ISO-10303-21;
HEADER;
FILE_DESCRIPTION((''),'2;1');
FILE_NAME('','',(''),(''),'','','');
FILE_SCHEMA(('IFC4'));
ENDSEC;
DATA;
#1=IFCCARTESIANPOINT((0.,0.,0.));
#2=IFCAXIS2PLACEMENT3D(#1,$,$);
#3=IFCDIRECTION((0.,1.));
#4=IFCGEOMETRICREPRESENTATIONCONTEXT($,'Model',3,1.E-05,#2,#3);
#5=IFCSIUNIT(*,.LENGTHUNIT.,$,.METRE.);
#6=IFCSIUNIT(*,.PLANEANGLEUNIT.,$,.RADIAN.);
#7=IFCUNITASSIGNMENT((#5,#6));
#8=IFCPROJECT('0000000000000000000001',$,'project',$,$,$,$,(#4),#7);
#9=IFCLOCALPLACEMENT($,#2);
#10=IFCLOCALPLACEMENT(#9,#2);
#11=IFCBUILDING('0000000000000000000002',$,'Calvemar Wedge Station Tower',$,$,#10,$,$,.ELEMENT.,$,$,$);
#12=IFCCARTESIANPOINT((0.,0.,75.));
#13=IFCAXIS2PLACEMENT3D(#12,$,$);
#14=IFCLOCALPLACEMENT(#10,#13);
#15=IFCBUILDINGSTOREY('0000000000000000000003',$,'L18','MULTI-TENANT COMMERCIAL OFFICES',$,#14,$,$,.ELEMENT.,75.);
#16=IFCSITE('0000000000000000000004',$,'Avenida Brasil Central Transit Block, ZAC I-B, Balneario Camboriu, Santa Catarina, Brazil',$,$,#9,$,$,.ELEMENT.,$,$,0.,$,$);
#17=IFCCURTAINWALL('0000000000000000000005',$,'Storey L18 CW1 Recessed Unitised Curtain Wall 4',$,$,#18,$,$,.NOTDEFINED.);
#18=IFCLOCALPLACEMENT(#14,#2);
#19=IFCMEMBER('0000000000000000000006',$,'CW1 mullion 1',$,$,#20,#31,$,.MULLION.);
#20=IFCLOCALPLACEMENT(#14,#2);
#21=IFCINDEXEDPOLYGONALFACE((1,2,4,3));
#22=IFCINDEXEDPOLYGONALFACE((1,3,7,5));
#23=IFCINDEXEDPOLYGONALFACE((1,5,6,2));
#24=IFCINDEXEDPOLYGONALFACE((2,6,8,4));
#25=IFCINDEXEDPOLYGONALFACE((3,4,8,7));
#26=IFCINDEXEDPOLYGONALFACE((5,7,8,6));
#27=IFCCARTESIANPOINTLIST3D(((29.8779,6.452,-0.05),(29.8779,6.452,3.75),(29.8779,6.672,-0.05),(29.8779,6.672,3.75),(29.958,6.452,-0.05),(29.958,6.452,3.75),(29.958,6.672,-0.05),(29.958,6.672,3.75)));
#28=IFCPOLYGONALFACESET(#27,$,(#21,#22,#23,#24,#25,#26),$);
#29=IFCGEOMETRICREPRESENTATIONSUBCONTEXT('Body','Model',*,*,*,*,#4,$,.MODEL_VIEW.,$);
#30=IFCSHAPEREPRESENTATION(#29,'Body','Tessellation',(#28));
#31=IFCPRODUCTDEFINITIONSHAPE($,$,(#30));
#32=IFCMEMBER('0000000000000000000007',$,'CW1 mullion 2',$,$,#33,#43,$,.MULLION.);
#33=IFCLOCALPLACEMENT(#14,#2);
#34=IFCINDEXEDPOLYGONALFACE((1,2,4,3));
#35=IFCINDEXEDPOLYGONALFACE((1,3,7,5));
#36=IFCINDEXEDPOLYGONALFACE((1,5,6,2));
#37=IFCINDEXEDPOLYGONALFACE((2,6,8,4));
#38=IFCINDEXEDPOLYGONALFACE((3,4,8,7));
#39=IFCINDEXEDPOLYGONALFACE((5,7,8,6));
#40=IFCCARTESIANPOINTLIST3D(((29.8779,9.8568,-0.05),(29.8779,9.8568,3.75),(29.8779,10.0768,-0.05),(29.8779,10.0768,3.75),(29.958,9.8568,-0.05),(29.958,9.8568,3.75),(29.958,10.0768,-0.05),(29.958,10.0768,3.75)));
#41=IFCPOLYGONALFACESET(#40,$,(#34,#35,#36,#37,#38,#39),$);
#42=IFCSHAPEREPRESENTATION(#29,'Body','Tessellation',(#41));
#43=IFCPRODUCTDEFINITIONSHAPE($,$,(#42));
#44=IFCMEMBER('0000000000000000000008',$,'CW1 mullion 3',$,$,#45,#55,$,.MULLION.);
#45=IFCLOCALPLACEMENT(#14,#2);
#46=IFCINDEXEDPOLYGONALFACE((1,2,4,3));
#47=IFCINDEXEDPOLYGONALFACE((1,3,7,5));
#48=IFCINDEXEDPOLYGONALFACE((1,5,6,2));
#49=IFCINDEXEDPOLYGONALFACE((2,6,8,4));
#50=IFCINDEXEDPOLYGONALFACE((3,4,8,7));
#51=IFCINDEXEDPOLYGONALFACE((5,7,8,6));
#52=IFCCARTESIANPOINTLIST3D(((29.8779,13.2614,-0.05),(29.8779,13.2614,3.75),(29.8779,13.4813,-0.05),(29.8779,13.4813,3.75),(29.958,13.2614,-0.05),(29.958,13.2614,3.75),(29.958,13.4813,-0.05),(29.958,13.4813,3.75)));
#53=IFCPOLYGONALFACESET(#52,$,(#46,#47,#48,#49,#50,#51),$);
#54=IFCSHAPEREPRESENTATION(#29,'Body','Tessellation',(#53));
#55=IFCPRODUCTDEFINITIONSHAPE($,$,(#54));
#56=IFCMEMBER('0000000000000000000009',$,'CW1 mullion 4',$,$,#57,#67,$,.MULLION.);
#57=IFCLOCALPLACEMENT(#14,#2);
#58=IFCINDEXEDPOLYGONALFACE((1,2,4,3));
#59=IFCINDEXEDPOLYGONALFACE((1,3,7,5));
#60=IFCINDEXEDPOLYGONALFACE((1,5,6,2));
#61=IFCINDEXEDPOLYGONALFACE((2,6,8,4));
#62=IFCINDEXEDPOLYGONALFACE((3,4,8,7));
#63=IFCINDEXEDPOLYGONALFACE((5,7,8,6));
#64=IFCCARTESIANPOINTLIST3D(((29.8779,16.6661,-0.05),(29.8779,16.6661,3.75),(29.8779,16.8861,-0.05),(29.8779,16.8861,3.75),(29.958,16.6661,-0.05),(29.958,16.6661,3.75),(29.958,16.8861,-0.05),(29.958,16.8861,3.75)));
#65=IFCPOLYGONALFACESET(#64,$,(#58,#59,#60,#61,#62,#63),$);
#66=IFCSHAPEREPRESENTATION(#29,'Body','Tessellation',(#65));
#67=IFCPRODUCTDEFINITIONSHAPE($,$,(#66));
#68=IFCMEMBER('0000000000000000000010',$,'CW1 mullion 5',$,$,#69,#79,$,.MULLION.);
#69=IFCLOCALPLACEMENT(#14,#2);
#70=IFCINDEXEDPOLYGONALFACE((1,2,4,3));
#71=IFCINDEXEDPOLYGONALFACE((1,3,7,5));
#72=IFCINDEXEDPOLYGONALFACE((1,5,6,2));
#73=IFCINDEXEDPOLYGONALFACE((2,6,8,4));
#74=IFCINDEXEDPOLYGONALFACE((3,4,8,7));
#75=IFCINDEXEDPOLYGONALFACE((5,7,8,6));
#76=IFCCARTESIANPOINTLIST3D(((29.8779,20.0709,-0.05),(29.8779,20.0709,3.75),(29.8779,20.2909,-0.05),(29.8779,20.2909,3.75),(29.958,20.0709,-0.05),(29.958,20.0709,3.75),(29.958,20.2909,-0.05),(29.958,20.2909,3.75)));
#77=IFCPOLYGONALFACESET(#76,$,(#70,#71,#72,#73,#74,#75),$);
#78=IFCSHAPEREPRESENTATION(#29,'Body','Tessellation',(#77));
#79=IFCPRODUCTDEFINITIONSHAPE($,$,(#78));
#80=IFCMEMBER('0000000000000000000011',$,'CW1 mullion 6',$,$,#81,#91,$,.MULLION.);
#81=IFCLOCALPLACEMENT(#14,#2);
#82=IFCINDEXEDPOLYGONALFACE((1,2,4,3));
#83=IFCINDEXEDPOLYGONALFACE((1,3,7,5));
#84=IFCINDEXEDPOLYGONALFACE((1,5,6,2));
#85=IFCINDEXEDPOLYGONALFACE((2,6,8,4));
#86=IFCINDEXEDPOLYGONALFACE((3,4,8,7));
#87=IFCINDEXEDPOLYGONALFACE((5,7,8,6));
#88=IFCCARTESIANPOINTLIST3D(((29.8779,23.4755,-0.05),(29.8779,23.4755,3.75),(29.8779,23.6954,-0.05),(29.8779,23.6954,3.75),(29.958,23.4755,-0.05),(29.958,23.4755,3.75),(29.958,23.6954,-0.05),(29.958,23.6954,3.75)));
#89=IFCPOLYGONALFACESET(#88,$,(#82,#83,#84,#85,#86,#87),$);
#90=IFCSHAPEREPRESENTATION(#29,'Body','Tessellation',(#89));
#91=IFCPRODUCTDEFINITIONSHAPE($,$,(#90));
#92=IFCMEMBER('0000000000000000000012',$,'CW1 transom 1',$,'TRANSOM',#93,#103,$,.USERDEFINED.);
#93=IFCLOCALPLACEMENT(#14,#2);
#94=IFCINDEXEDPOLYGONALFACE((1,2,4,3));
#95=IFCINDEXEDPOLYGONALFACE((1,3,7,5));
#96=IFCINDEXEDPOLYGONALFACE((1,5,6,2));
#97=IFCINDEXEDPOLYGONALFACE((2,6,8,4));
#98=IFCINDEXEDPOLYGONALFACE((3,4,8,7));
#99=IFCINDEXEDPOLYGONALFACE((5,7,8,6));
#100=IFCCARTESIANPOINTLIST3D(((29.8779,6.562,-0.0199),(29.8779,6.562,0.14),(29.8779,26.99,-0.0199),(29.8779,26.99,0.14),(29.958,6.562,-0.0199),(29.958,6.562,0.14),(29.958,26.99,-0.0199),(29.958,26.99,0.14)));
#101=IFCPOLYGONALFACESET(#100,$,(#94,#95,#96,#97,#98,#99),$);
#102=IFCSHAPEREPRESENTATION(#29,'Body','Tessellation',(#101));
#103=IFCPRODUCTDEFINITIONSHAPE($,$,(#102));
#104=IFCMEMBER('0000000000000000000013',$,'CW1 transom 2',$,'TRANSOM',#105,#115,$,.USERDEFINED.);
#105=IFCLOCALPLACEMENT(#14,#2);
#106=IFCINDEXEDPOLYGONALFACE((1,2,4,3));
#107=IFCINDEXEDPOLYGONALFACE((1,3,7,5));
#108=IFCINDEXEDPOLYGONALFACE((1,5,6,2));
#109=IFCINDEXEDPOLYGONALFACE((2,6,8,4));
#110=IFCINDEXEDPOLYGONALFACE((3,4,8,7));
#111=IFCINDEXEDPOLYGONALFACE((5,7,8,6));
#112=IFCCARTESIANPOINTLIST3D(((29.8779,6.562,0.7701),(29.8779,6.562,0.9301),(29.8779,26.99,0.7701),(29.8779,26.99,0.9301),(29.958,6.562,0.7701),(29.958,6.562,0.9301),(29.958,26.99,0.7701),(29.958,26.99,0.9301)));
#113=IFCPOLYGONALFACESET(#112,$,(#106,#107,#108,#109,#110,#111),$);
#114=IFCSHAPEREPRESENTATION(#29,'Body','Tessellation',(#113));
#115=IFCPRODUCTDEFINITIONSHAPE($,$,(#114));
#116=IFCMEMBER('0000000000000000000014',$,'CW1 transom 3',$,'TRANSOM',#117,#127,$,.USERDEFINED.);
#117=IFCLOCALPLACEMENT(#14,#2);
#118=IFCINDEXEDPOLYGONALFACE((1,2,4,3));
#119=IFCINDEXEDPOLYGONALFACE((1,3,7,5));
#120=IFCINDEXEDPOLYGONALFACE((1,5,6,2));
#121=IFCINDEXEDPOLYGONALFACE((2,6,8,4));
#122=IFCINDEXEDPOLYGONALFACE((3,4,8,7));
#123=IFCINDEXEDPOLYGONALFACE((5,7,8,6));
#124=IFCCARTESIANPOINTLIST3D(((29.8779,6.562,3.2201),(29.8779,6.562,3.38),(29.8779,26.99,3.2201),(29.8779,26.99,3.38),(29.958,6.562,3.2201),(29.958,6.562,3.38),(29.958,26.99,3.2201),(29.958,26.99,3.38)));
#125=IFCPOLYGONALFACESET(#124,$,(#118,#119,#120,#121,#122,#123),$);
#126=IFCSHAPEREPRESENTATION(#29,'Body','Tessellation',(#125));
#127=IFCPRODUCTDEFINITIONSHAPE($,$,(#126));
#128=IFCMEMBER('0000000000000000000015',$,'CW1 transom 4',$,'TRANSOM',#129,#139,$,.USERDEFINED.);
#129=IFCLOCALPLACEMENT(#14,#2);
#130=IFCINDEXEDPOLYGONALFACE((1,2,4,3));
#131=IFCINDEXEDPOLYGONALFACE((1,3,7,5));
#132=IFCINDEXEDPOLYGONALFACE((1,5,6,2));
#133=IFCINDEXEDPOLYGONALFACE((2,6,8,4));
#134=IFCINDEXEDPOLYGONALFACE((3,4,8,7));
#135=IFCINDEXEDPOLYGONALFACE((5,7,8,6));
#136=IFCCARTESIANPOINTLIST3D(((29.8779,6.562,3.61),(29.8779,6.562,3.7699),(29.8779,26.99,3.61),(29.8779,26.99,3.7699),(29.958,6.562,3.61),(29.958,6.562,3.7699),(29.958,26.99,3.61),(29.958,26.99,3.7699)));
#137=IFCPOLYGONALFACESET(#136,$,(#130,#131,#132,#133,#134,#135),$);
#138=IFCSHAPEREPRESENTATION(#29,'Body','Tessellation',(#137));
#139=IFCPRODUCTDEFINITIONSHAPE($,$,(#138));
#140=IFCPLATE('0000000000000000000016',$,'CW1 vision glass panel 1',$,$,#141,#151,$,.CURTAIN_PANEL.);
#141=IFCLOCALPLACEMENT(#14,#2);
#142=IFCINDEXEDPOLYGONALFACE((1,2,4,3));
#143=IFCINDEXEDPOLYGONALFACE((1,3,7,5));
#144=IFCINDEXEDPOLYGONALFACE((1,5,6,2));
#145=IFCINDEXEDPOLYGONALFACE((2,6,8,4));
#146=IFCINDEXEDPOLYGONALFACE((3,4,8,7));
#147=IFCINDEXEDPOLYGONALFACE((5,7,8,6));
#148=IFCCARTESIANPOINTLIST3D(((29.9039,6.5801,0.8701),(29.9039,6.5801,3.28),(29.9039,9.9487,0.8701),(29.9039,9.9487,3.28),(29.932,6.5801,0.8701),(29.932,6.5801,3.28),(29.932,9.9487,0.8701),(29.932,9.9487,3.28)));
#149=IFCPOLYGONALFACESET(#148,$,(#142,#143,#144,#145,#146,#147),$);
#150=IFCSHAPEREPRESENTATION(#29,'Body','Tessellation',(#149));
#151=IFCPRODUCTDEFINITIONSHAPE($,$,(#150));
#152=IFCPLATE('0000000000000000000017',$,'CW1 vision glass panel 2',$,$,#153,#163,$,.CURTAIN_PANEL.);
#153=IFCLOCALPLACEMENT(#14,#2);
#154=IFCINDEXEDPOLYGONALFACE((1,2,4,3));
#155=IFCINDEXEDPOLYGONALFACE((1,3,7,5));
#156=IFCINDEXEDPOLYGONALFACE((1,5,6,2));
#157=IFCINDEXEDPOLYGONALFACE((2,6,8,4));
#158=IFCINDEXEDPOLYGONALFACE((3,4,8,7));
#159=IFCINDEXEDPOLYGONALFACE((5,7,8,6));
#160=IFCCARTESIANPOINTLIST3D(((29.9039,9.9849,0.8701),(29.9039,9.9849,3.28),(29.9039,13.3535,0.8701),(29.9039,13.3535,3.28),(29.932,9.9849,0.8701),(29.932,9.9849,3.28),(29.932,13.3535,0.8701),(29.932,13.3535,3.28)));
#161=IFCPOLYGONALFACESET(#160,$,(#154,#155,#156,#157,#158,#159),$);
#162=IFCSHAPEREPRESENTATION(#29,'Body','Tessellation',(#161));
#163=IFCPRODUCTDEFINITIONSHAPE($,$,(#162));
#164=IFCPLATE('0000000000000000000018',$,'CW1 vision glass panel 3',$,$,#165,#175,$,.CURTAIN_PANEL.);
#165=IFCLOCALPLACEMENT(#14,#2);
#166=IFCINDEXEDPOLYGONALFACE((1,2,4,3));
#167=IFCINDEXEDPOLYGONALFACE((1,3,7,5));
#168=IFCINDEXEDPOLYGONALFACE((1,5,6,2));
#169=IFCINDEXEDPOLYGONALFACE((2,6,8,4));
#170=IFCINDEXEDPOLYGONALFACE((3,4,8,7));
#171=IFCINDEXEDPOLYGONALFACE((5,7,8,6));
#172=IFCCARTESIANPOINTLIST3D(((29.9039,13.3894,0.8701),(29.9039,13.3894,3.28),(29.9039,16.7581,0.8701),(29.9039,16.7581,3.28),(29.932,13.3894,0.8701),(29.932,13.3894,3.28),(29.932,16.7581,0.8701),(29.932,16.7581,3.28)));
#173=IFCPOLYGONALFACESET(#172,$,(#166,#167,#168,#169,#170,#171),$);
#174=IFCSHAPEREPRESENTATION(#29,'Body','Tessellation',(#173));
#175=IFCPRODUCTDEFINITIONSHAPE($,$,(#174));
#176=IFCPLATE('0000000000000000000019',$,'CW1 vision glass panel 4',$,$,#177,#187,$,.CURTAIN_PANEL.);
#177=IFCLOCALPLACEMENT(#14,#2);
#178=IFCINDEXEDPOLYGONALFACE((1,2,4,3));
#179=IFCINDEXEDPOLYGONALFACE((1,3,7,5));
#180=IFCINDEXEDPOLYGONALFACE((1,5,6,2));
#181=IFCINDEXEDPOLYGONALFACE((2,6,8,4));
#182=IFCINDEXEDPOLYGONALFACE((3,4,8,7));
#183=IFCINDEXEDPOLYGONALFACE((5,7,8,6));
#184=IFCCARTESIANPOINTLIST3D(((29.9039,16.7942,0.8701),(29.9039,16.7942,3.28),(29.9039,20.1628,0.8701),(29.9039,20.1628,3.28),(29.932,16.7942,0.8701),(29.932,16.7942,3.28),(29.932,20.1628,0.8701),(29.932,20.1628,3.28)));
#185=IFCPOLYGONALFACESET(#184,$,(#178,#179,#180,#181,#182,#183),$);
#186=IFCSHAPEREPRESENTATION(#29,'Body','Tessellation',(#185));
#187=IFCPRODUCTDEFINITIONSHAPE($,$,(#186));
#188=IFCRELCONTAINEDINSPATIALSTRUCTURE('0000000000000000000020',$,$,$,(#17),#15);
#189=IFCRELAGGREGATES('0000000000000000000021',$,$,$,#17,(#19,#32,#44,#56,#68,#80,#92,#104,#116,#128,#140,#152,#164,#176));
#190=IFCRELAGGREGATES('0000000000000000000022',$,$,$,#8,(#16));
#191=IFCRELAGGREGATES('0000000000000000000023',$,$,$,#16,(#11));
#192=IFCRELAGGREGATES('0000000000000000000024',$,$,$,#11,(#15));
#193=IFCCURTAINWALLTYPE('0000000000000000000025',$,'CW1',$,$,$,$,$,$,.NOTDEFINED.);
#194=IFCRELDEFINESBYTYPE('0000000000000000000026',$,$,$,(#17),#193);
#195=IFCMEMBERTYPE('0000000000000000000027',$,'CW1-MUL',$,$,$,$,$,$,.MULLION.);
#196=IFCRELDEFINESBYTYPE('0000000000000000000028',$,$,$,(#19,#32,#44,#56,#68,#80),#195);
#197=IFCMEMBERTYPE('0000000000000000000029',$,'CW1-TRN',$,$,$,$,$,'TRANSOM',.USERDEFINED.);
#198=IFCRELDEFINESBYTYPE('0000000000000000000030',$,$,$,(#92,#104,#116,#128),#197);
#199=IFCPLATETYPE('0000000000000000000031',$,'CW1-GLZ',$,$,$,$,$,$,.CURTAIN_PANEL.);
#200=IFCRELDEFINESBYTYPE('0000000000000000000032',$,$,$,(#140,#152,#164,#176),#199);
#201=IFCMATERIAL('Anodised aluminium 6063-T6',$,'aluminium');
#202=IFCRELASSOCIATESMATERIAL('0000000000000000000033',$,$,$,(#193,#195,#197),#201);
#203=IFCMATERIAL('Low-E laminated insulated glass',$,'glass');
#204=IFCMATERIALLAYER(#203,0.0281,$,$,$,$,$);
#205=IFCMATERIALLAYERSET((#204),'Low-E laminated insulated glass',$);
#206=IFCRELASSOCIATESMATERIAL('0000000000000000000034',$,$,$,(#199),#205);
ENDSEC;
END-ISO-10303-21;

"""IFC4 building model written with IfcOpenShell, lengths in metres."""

from ifc_helpers import new_model, si_unit, direction, frame, frame_2d, origin, origin_2d, place, context, subcontext, project, spatial, rectangle, extrude, source, transform, mapped, material, layer, layer_set, material_profile, profile_set, type_object, element, aggregate, save


model = new_model("IFC4")

# Units and contexts
model_context = context("Model", 3, precision=1e-05, world=origin(), true_north=direction((0.0, 1.0)))
body_context = subcontext(model_context, "Body", "Model", "MODEL_VIEW")
ifc_project = project(units=[si_unit("LENGTHUNIT", "METRE"), si_unit("PLANEANGLEUNIT", "RADIAN")], contexts=[model_context])

# Site, building, storey
site_placement = place(None, origin())
site = spatial("IfcSite", under=ifc_project, at=site_placement, Name="Avenida Brasil Central Transit Block, ZAC I-B, Balneario Camboriu, Santa Catarina, Brazil", CompositionType="ELEMENT", RefElevation=0.0)
building_placement = place(site_placement, origin())
building = spatial("IfcBuilding", under=site, at=building_placement, Name="Calvemar Wedge Station Tower", CompositionType="ELEMENT")
storey_placement = place(building_placement, frame((0.0, 0.0, 75.0)))
storey = spatial("IfcBuildingStorey", under=building, at=storey_placement, Name="L18", Description="MULTI-TENANT COMMERCIAL OFFICES", CompositionType="ELEMENT", Elevation=75.0)

# Curtain wall, members, plates
ifc_material_1 = material(Name="Anodised aluminium 6063-T6", Category="aluminium")
curtain_wall_type = type_object("IfcCurtainWallType", Name="CW1", PredefinedType="NOTDEFINED", material=ifc_material_1)
curtain_wall_placement = place(storey_placement, origin())
curtain_wall = element("IfcCurtainWall", 1, at=curtain_wall_placement, inside=storey, type_object=curtain_wall_type, Name="Storey L18 CW1 Recessed Unitised Curtain Wall 4", PredefinedType="NOTDEFINED")
ifc_material_profile_1 = material_profile(ifc_material_1, rectangle(XDim=0.0801, YDim=0.22, at=origin_2d()), Name="AL-MUL-80x220")
ifc_profile_set_1 = profile_set([ifc_material_profile_1], Name="Anodised aluminium 6063-T6")
member_type_1 = type_object("IfcMemberType", Name="CW1-MUL", PredefinedType="MULLION", material=ifc_profile_set_1)
shared_shape_1 = source(origin(), body_context, "Body", "SweptSolid", [
    extrude(rectangle(XDim=0.0801, YDim=0.22, at=origin_2d()), origin(), (0.0, 0.0, 1.0), 3.8),
])
member_1_placement = place(storey_placement, frame((29.918, 6.562, -0.05), z_axis=(0.0, 0.0, 1.0), x_axis=(1.0, 0.0, 0.0)))
member_1 = element("IfcMember", 2, at=member_1_placement, type_object=member_type_1, Name="CW1 mullion 1", PredefinedType="MULLION", context=body_context, shape_type="MappedRepresentation", body=[
    mapped(shared_shape_1, transform((0.0, 0.0, 0.0), scale=1.0)),
])
member_2_placement = place(storey_placement, frame((29.918, 9.9668, -0.05), z_axis=(0.0, 0.0, 1.0), x_axis=(1.0, 0.0, 0.0)))
member_2 = element("IfcMember", 3, at=member_2_placement, type_object=member_type_1, Name="CW1 mullion 2", PredefinedType="MULLION", context=body_context, shape_type="MappedRepresentation", body=[
    mapped(shared_shape_1, transform((0.0, 0.0, 0.0), scale=1.0)),
])
member_3_placement = place(storey_placement, frame((29.918, 13.3713, -0.05), z_axis=(0.0, 0.0, 1.0), x_axis=(1.0, 0.0, 0.0)))
member_3 = element("IfcMember", 4, at=member_3_placement, type_object=member_type_1, Name="CW1 mullion 3", PredefinedType="MULLION", context=body_context, shape_type="MappedRepresentation", body=[
    mapped(shared_shape_1, transform((0.0, 0.0, 0.0), scale=1.0)),
])
member_4_placement = place(storey_placement, frame((29.918, 16.7761, -0.05), z_axis=(0.0, 0.0, 1.0), x_axis=(1.0, 0.0, 0.0)))
member_4 = element("IfcMember", 5, at=member_4_placement, type_object=member_type_1, Name="CW1 mullion 4", PredefinedType="MULLION", context=body_context, shape_type="MappedRepresentation", body=[
    mapped(shared_shape_1, transform((0.0, 0.0, 0.0), scale=1.0)),
])
member_5_placement = place(storey_placement, frame((29.918, 20.1809, -0.05), z_axis=(0.0, 0.0, 1.0), x_axis=(1.0, 0.0, 0.0)))
member_5 = element("IfcMember", 6, at=member_5_placement, type_object=member_type_1, Name="CW1 mullion 5", PredefinedType="MULLION", context=body_context, shape_type="MappedRepresentation", body=[
    mapped(shared_shape_1, transform((0.0, 0.0, 0.0), scale=1.0)),
])
member_6_placement = place(storey_placement, frame((29.918, 23.5854, -0.05), z_axis=(0.0, 0.0, 1.0), x_axis=(1.0, 0.0, 0.0)))
member_6 = element("IfcMember", 7, at=member_6_placement, type_object=member_type_1, Name="CW1 mullion 6", PredefinedType="MULLION", context=body_context, shape_type="MappedRepresentation", body=[
    mapped(shared_shape_1, transform((0.0, 0.0, 0.0), scale=1.0)),
])
ifc_material_profile_2 = material_profile(ifc_material_1, rectangle(XDim=0.0801, YDim=0.1599, at=origin_2d()), Name="AL-TRN-80x160")
ifc_profile_set_2 = profile_set([ifc_material_profile_2], Name="Anodised aluminium 6063-T6")
member_type_2 = type_object("IfcMemberType", Name="CW1-TRN", ElementType="TRANSOM", PredefinedType="USERDEFINED", material=ifc_profile_set_2)
shared_shape_2 = source(origin(), body_context, "Body", "SweptSolid", [
    extrude(rectangle(XDim=0.0801, YDim=0.1599, at=origin_2d()), origin(), (0.0, 0.0, 1.0), 20.428),
])
member_7_placement = place(storey_placement, frame((29.918, 6.562, 0.0601), z_axis=(0.0, 1.0, 0.0), x_axis=(-1.0, 0.0, 0.0)))
member_7 = element("IfcMember", 8, at=member_7_placement, type_object=member_type_2, Name="CW1 transom 1", ObjectType="TRANSOM", PredefinedType="USERDEFINED", context=body_context, shape_type="MappedRepresentation", body=[
    mapped(shared_shape_2, transform((0.0, 0.0, 0.0), scale=1.0)),
])
member_8_placement = place(storey_placement, frame((29.918, 6.562, 0.8501), z_axis=(0.0, 1.0, 0.0), x_axis=(-1.0, 0.0, 0.0)))
member_8 = element("IfcMember", 9, at=member_8_placement, type_object=member_type_2, Name="CW1 transom 2", ObjectType="TRANSOM", PredefinedType="USERDEFINED", context=body_context, shape_type="MappedRepresentation", body=[
    mapped(shared_shape_2, transform((0.0, 0.0, 0.0), scale=1.0)),
])
member_9_placement = place(storey_placement, frame((29.918, 6.562, 3.3), z_axis=(0.0, 1.0, 0.0), x_axis=(-1.0, 0.0, 0.0)))
member_9 = element("IfcMember", 10, at=member_9_placement, type_object=member_type_2, Name="CW1 transom 3", ObjectType="TRANSOM", PredefinedType="USERDEFINED", context=body_context, shape_type="MappedRepresentation", body=[
    mapped(shared_shape_2, transform((0.0, 0.0, 0.0), scale=1.0)),
])
member_10_placement = place(storey_placement, frame((29.918, 6.562, 3.6899), z_axis=(0.0, 1.0, 0.0), x_axis=(-1.0, 0.0, 0.0)))
member_10 = element("IfcMember", 11, at=member_10_placement, type_object=member_type_2, Name="CW1 transom 4", ObjectType="TRANSOM", PredefinedType="USERDEFINED", context=body_context, shape_type="MappedRepresentation", body=[
    mapped(shared_shape_2, transform((0.0, 0.0, 0.0), scale=1.0)),
])
ifc_material_2 = material(Name="Low-E laminated insulated glass", Category="glass")
ifc_layer_1 = layer(ifc_material_2, 0.0281)
ifc_layer_set_1 = layer_set([ifc_layer_1], Name="Low-E laminated insulated glass")
plate_type_1 = type_object("IfcPlateType", Name="CW1-GLZ", PredefinedType="CURTAIN_PANEL", material=ifc_layer_set_1)
plate_1_placement = place(storey_placement, frame((29.918, 6.5801, 0.8701), z_axis=(0.0, 0.0, 1.0), x_axis=(0.0, 1.0, 0.0)))
plate_1 = element("IfcPlate", 12, at=plate_1_placement, type_object=plate_type_1, Name="CW1 vision glass panel 1", PredefinedType="CURTAIN_PANEL", context=body_context, shape_type="SweptSolid", body=[
    extrude(rectangle(XDim=3.3687, YDim=0.0281, at=frame_2d((1.6843, 0.0))), origin(), (0.0, 0.0, 1.0), 2.4099),
])
plate_2_placement = place(storey_placement, frame((29.918, 9.9849, 0.8701), z_axis=(0.0, 0.0, 1.0), x_axis=(0.0, 1.0, 0.0)))
plate_2 = element("IfcPlate", 13, at=plate_2_placement, type_object=plate_type_1, Name="CW1 vision glass panel 2", PredefinedType="CURTAIN_PANEL", context=body_context, shape_type="SweptSolid", body=[
    extrude(rectangle(XDim=3.3687, YDim=0.0281, at=frame_2d((1.6843, 0.0))), origin(), (0.0, 0.0, 1.0), 2.4099),
])
plate_3_placement = place(storey_placement, frame((29.918, 13.3894, 0.8701), z_axis=(0.0, 0.0, 1.0), x_axis=(0.0, 1.0, 0.0)))
plate_3 = element("IfcPlate", 14, at=plate_3_placement, type_object=plate_type_1, Name="CW1 vision glass panel 3", PredefinedType="CURTAIN_PANEL", context=body_context, shape_type="SweptSolid", body=[
    extrude(rectangle(XDim=3.3687, YDim=0.0281, at=frame_2d((1.6843, 0.0))), origin(), (0.0, 0.0, 1.0), 2.4099),
])
plate_4_placement = place(storey_placement, frame((29.918, 16.7942, 0.8701), z_axis=(0.0, 0.0, 1.0), x_axis=(0.0, 1.0, 0.0)))
plate_4 = element("IfcPlate", 15, at=plate_4_placement, type_object=plate_type_1, Name="CW1 vision glass panel 4", PredefinedType="CURTAIN_PANEL", context=body_context, shape_type="SweptSolid", body=[
    extrude(rectangle(XDim=3.3687, YDim=0.0281, at=frame_2d((1.6843, 0.0))), origin(), (0.0, 0.0, 1.0), 2.4099),
])
aggregate(curtain_wall, [member_1, member_2, member_3, member_4, member_5, member_6, member_7, member_8, member_9, member_10, plate_1, plate_2, plate_3, plate_4])

save(model, "model.ifc")
